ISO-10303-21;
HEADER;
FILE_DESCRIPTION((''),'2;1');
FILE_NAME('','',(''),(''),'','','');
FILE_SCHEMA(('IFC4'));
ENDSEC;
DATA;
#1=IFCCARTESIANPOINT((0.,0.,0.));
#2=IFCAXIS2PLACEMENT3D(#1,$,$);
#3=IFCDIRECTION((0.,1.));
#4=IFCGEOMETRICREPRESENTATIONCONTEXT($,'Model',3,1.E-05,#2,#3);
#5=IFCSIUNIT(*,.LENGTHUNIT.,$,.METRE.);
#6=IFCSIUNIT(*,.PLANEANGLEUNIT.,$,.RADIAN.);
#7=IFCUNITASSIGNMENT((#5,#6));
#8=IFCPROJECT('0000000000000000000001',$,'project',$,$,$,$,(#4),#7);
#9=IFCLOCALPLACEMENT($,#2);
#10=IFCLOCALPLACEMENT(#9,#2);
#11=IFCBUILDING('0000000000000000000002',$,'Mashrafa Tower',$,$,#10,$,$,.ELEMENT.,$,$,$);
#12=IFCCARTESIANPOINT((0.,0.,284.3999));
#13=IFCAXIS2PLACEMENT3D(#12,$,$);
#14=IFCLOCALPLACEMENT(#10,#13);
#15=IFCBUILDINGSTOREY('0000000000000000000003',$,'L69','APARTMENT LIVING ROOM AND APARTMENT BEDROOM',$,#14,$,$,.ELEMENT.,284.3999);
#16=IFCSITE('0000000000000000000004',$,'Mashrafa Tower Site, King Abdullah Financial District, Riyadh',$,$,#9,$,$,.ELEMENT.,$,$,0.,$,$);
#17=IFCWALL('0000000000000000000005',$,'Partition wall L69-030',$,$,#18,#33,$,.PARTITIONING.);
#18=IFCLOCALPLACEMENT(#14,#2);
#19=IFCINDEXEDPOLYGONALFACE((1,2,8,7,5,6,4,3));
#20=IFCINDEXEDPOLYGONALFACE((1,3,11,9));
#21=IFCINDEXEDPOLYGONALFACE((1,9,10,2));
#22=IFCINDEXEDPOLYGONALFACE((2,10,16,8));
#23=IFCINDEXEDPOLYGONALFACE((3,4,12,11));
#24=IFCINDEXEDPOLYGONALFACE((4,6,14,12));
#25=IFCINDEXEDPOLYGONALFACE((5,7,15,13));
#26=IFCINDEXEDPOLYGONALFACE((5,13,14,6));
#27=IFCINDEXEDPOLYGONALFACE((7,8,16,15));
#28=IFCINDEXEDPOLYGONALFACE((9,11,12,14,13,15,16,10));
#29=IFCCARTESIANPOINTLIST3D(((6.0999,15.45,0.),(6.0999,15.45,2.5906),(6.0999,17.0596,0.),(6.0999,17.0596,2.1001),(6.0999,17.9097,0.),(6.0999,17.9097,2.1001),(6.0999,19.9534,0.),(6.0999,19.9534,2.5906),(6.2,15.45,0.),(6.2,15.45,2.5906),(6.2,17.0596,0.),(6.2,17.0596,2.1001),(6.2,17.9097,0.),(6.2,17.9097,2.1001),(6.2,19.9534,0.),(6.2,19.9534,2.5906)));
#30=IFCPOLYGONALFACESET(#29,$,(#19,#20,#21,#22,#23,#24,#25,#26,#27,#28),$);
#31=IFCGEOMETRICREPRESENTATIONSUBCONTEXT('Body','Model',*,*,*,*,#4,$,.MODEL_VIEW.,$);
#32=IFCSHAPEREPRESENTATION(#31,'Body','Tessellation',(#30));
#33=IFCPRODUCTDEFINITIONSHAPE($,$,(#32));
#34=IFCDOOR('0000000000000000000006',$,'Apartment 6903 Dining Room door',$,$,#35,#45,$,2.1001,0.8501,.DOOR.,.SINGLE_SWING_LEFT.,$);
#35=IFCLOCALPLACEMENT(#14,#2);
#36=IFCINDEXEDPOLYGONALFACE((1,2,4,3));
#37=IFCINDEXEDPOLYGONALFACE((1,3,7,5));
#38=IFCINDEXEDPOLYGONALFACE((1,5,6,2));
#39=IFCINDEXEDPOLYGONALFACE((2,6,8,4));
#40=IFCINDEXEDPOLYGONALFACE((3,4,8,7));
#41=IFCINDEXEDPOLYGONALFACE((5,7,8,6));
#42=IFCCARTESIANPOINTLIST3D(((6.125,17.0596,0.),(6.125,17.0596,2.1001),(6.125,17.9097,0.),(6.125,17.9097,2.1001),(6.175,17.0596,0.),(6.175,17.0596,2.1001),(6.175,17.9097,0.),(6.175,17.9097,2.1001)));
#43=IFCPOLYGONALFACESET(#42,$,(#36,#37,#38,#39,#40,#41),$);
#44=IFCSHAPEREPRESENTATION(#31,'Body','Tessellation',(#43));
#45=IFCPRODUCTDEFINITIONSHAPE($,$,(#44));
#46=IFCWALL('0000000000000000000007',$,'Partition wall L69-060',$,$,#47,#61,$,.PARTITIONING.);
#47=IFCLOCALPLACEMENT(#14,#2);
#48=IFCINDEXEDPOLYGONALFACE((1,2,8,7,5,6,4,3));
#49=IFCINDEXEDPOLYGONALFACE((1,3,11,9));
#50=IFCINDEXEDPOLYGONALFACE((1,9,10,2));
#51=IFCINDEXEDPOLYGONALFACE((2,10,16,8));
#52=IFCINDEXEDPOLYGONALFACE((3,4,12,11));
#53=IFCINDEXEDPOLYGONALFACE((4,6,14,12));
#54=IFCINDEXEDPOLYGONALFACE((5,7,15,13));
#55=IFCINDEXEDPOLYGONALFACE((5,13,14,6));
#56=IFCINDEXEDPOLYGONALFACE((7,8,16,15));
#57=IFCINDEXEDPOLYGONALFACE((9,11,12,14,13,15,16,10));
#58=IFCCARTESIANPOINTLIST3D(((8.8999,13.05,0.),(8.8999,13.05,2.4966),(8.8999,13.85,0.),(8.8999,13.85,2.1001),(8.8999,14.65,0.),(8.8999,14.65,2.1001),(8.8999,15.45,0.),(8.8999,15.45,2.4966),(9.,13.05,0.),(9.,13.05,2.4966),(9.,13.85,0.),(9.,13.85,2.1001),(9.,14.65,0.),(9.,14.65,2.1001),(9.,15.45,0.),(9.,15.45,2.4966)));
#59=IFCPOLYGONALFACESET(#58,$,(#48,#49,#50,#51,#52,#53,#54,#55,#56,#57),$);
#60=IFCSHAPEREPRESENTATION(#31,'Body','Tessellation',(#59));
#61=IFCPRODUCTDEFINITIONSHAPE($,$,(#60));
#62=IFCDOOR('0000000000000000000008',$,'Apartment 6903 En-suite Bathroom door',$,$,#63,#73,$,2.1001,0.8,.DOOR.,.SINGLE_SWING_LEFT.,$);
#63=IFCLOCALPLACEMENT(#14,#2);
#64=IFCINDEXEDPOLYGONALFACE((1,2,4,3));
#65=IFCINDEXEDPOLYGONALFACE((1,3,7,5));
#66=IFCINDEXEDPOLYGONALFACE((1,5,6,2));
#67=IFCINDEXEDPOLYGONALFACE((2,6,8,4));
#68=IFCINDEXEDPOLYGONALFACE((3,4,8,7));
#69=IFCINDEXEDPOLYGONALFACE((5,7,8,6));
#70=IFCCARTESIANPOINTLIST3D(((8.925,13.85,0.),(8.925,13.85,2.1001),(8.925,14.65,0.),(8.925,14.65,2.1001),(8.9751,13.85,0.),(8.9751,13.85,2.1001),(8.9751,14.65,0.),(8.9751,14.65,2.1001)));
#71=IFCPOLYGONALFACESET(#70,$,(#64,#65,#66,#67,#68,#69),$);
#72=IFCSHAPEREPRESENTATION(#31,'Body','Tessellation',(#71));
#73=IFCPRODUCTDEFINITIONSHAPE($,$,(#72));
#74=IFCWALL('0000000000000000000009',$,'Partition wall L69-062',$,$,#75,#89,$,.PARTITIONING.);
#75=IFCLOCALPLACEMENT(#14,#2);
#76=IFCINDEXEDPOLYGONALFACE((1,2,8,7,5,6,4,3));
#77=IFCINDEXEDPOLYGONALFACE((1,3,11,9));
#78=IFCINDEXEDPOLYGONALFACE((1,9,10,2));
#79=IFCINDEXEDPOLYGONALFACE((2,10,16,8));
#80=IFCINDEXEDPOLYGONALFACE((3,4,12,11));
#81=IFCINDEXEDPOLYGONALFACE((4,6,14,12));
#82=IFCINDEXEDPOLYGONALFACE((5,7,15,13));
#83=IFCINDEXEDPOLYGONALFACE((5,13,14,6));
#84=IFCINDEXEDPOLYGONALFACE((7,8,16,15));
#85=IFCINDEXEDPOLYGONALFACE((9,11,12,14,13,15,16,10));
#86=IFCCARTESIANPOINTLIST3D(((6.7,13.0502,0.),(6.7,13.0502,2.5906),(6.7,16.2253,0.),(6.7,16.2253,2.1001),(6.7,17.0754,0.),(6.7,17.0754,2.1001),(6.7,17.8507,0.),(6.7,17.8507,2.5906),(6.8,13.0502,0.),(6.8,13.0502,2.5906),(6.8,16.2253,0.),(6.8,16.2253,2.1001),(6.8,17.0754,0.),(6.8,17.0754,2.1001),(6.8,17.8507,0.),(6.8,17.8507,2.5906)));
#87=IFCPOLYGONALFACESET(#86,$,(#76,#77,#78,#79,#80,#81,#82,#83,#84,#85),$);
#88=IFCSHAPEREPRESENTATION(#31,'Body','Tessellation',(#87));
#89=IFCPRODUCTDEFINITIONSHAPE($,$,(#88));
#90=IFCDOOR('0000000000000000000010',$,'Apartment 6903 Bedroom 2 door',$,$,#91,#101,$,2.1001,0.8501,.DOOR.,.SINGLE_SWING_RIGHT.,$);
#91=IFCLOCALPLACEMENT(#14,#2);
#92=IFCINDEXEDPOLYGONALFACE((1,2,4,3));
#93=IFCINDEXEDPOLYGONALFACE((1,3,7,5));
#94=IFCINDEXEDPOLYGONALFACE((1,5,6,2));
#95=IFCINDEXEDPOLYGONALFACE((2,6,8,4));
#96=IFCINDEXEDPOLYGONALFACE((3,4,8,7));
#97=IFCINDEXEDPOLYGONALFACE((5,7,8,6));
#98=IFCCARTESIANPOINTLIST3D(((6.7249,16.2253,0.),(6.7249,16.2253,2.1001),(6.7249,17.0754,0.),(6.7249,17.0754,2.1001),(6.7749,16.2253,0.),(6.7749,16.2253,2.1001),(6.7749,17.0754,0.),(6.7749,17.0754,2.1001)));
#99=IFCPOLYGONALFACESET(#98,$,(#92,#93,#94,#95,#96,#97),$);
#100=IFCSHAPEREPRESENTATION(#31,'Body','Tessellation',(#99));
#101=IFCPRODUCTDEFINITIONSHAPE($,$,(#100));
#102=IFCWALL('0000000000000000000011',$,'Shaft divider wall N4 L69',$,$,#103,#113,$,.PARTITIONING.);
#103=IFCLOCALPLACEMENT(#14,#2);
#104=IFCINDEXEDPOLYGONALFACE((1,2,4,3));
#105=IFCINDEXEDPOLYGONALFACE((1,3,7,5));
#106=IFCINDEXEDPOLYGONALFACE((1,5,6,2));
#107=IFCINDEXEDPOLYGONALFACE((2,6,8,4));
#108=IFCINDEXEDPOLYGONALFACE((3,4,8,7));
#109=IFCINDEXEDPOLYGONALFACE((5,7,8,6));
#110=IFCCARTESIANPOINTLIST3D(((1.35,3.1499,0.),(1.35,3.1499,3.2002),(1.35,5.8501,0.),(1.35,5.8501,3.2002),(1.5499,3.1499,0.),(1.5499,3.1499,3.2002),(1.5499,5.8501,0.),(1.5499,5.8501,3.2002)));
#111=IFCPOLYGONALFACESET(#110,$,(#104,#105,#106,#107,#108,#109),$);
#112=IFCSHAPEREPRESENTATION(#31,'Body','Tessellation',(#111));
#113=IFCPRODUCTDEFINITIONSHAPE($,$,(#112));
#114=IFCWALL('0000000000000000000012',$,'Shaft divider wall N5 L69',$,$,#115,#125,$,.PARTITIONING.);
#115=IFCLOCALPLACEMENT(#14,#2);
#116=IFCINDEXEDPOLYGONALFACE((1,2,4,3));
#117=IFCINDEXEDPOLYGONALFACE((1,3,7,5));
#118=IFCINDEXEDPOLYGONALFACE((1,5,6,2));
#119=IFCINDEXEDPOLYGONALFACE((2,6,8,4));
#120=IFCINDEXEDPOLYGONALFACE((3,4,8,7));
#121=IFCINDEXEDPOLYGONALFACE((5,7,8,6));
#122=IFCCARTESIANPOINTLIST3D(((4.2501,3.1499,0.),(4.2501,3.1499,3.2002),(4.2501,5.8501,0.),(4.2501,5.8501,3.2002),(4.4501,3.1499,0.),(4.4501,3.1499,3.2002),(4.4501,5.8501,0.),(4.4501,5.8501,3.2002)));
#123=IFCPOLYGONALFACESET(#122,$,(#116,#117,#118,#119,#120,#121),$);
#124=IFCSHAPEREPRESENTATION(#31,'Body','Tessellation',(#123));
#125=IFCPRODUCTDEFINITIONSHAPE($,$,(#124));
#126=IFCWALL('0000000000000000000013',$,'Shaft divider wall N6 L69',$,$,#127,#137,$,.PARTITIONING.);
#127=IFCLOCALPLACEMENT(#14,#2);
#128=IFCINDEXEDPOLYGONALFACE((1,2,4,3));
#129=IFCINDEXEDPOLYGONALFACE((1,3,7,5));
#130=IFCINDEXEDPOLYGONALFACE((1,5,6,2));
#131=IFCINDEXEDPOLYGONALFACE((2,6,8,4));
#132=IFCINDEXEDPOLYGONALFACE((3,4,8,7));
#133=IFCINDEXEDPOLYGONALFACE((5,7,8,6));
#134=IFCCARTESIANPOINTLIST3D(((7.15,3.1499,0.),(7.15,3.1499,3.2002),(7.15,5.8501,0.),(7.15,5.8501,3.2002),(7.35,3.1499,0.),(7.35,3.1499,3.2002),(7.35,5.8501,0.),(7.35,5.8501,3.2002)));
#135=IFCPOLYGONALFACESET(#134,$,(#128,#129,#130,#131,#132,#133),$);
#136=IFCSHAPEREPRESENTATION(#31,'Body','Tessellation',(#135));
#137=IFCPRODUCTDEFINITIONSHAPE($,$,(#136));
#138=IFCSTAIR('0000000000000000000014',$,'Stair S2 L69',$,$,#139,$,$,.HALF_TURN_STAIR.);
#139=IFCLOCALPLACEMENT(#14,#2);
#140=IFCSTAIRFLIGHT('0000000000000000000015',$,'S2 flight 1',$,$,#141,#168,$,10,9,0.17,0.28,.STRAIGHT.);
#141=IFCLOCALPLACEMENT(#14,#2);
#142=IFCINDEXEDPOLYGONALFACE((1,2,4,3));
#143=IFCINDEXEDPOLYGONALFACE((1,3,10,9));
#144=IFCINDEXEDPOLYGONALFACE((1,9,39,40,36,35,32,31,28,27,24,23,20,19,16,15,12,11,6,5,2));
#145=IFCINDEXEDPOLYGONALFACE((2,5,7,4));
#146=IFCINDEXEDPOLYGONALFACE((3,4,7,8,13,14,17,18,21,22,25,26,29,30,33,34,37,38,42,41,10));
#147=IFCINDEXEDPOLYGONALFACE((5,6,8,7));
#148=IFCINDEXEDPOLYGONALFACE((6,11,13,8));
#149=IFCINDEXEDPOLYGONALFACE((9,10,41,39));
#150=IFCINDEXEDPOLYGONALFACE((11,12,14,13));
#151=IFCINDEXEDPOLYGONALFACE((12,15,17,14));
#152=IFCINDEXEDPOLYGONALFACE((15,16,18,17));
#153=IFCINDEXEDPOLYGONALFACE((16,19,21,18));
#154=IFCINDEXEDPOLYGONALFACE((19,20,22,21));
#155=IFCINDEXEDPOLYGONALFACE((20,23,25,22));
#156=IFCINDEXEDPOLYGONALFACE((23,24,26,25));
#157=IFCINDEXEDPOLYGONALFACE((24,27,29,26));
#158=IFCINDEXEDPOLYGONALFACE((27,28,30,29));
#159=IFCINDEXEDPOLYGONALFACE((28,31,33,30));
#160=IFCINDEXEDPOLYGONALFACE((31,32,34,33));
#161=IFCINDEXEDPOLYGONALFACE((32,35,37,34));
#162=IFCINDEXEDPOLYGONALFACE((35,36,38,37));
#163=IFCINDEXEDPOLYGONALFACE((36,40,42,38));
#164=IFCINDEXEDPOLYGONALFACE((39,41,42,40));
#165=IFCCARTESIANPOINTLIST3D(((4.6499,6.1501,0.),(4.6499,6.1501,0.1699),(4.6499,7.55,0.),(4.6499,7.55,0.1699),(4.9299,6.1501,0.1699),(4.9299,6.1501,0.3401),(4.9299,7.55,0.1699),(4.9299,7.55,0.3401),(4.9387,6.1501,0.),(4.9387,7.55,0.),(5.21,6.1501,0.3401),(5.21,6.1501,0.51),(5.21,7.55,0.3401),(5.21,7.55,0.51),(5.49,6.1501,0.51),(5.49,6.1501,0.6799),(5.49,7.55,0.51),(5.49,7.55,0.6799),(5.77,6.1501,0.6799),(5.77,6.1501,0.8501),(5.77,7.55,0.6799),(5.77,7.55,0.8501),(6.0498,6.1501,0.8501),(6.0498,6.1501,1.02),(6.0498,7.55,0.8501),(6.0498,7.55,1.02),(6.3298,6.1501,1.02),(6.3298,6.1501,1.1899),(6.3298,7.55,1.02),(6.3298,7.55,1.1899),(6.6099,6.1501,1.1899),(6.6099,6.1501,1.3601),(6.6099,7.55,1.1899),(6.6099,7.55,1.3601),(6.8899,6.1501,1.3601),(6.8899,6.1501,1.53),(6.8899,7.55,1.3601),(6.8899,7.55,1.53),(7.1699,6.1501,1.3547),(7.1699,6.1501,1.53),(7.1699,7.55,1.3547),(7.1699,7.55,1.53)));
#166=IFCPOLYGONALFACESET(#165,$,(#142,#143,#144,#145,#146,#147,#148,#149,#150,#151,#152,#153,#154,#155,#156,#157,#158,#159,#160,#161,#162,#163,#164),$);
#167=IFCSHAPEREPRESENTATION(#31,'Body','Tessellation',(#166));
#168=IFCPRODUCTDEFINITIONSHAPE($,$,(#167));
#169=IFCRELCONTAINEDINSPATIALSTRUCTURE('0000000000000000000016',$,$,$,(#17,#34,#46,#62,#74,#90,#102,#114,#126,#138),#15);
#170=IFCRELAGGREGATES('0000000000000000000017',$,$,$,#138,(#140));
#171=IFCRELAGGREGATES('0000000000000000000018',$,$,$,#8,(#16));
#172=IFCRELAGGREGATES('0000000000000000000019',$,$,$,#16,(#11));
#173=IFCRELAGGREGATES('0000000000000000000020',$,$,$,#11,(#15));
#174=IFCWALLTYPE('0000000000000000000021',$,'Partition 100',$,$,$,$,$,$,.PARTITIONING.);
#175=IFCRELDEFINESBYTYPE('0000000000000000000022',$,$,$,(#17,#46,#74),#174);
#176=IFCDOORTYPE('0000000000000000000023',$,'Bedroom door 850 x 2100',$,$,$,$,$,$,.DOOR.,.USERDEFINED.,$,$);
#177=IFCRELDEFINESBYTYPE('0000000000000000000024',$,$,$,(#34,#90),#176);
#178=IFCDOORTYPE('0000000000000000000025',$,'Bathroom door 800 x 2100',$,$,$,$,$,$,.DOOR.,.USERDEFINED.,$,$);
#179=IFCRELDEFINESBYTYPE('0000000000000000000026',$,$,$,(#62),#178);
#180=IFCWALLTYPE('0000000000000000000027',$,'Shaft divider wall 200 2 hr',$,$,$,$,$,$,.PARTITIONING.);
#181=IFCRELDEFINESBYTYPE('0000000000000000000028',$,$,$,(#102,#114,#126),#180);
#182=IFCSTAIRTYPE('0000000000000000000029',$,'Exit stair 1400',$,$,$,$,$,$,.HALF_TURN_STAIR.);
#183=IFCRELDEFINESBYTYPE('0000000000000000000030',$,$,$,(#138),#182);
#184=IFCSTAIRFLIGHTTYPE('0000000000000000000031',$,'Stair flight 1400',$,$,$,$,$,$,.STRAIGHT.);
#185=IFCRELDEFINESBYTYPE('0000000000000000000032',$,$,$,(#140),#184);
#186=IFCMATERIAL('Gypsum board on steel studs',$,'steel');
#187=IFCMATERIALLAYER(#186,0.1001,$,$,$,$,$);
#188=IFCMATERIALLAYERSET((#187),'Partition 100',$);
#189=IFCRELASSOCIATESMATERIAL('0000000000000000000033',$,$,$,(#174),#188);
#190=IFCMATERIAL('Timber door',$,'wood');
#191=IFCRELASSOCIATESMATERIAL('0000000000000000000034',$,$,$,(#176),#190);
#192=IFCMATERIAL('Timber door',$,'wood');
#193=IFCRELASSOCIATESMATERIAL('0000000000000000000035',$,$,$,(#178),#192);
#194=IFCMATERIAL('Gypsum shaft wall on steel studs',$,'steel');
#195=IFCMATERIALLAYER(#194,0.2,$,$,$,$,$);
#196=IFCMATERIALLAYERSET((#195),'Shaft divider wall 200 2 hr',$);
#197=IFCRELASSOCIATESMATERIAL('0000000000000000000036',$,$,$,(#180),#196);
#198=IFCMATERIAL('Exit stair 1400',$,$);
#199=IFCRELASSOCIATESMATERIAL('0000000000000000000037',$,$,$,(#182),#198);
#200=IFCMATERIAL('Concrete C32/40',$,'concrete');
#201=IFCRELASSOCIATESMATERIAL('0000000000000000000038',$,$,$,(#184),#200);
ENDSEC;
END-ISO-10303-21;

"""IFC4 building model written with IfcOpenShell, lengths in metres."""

from ifc_helpers import new_model, si_unit, direction, frame, frame_2d, origin, place, context, subcontext, project, spatial, polyline, rectangle, outline, extrude, material, layer, layer_set, type_object, element, fill, aggregate, save


model = new_model("IFC4")

# Units and contexts
model_context = context("Model", 3, precision=1e-05, world=origin(), true_north=direction((0.0, 1.0)))
body_context = subcontext(model_context, "Body", "Model", "MODEL_VIEW")
ifc_project = project(units=[si_unit("LENGTHUNIT", "METRE"), si_unit("PLANEANGLEUNIT", "RADIAN")], contexts=[model_context])

# Site, building, storey
site_placement = place(None, origin())
site = spatial("IfcSite", under=ifc_project, at=site_placement, Name="Mashrafa Tower Site, King Abdullah Financial District, Riyadh", CompositionType="ELEMENT", RefElevation=0.0)
building_placement = place(site_placement, origin())
building = spatial("IfcBuilding", under=site, at=building_placement, Name="Mashrafa Tower", CompositionType="ELEMENT")
storey_placement = place(building_placement, frame((0.0, 0.0, 284.3999)))
storey = spatial("IfcBuildingStorey", under=building, at=storey_placement, Name="L69", Description="APARTMENT LIVING ROOM AND APARTMENT BEDROOM", CompositionType="ELEMENT", Elevation=284.3999)

# Shared definitions
ifc_material_1 = material(Name="Gypsum board on steel studs", Category="steel")
ifc_layer_1 = layer(ifc_material_1, 0.1001)
ifc_layer_set_1 = layer_set([ifc_layer_1], Name="Partition 100")
wall_type_1 = type_object("IfcWallType", Name="Partition 100", PredefinedType="PARTITIONING", material=ifc_layer_set_1)

# Walls, openings, doors
wall_1_placement = place(storey_placement, frame((6.1499, 15.45, 0.0), z_axis=(0.0, 0.0, 1.0), x_axis=(0.0, 1.0, 0.0)))
wall_1 = element("IfcWall", 1, at=wall_1_placement, inside=storey, type_object=wall_type_1, Name="Partition wall L69-030", PredefinedType="PARTITIONING", context=body_context, shape_type="SweptSolid", body=[
    extrude(rectangle(XDim=4.5034, YDim=0.1001, at=frame_2d((2.2517, 0.0))), origin(), (0.0, 0.0, 1.0), 2.5906),
])
opening_1_placement = place(wall_1_placement, frame((1.6096, 0.0, 0.0)))
opening_1 = element("IfcOpeningElement", 2, at=opening_1_placement, cuts=wall_1, PredefinedType="OPENING", context=body_context, shape_type="SweptSolid", body=[
    extrude(rectangle(XDim=0.8501, YDim=2.1001, at=frame_2d((0.425, 1.05))), frame((0.0, 0.0601, 0.0), z_axis=(0.0, -1.0, 0.0), x_axis=(1.0, 0.0, 0.0)), (0.0, 0.0, 1.0), 0.1201),
])
ifc_material_2 = material(Name="Timber door", Category="wood")
door_type_1 = type_object("IfcDoorType", Name="Bedroom door 850 x 2100", OperationType="USERDEFINED", PredefinedType="DOOR", material=ifc_material_2)
door_1_placement = place(opening_1_placement, origin())
door_1 = element("IfcDoor", 3, at=door_1_placement, inside=storey, type_object=door_type_1, Name="Apartment 6903 Dining Room door", OperationType="SINGLE_SWING_LEFT", OverallHeight=2.1001, OverallWidth=0.8501, PredefinedType="DOOR", context=body_context, shape_type="SweptSolid", body=[
    extrude(rectangle(XDim=0.8501, YDim=2.1001, at=frame_2d((0.425, 1.05))), frame((0.0, 0.0249, 0.0), z_axis=(0.0, -1.0, 0.0), x_axis=(1.0, 0.0, 0.0)), (0.0, 0.0, 1.0), 0.05),
])
fill(opening_1, door_1)
wall_2_placement = place(storey_placement, frame((8.95, 13.05, 0.0), z_axis=(0.0, 0.0, 1.0), x_axis=(0.0, 1.0, 0.0)))
wall_2 = element("IfcWall", 4, at=wall_2_placement, inside=storey, type_object=wall_type_1, Name="Partition wall L69-060", PredefinedType="PARTITIONING", context=body_context, shape_type="SweptSolid", body=[
    extrude(rectangle(XDim=2.3999, YDim=0.1001, at=frame_2d((1.2, 0.0))), origin(), (0.0, 0.0, 1.0), 2.4966),
])
opening_2_placement = place(wall_2_placement, frame((0.8, 0.0, 0.0)))
opening_2 = element("IfcOpeningElement", 5, at=opening_2_placement, cuts=wall_2, PredefinedType="OPENING", context=body_context, shape_type="SweptSolid", body=[
    extrude(rectangle(XDim=0.8, YDim=2.1001, at=frame_2d((0.3999, 1.05))), frame((0.0, 0.0601, 0.0), z_axis=(0.0, -1.0, 0.0), x_axis=(1.0, 0.0, 0.0)), (0.0, 0.0, 1.0), 0.1201),
])
ifc_material_3 = material(Name="Timber door", Category="wood")
door_type_2 = type_object("IfcDoorType", Name="Bathroom door 800 x 2100", OperationType="USERDEFINED", PredefinedType="DOOR", material=ifc_material_3)
door_2_placement = place(opening_2_placement, origin())
door_2 = element("IfcDoor", 6, at=door_2_placement, inside=storey, type_object=door_type_2, Name="Apartment 6903 En-suite Bathroom door", OperationType="SINGLE_SWING_LEFT", OverallHeight=2.1001, OverallWidth=0.8, PredefinedType="DOOR", context=body_context, shape_type="SweptSolid", body=[
    extrude(rectangle(XDim=0.8, YDim=2.1001, at=frame_2d((0.3999, 1.05))), frame((0.0, 0.0249, 0.0), z_axis=(0.0, -1.0, 0.0), x_axis=(1.0, 0.0, 0.0)), (0.0, 0.0, 1.0), 0.05),
])
fill(opening_2, door_2)
wall_3_placement = place(storey_placement, frame((6.75, 13.05, 0.0), z_axis=(0.0, 0.0, 1.0), x_axis=(0.0, 1.0, 0.0)))
wall_3 = element("IfcWall", 7, at=wall_3_placement, inside=storey, type_object=wall_type_1, Name="Partition wall L69-062", PredefinedType="PARTITIONING", context=body_context, shape_type="SweptSolid", body=[
    extrude(rectangle(XDim=4.8005, YDim=0.1001, at=frame_2d((2.4004, 0.0))), origin(), (0.0, 0.0, 1.0), 2.5906),
])
opening_3_placement = place(wall_3_placement, frame((3.1753, 0.0, 0.0)))
opening_3 = element("IfcOpeningElement", 8, at=opening_3_placement, cuts=wall_3, PredefinedType="OPENING", context=body_context, shape_type="SweptSolid", body=[
    extrude(rectangle(XDim=0.8501, YDim=2.1001, at=frame_2d((0.425, 1.05))), frame((0.0, 0.0601, 0.0), z_axis=(0.0, -1.0, 0.0), x_axis=(1.0, 0.0, 0.0)), (0.0, 0.0, 1.0), 0.1201),
])
door_3_placement = place(opening_3_placement, frame((0.8501, 0.0, 0.0), z_axis=(0.0, 0.0, 1.0), x_axis=(-1.0, 0.0, 0.0)))
door_3 = element("IfcDoor", 9, at=door_3_placement, inside=storey, type_object=door_type_1, Name="Apartment 6903 Bedroom 2 door", OperationType="SINGLE_SWING_RIGHT", OverallHeight=2.1001, OverallWidth=0.8501, PredefinedType="DOOR", context=body_context, shape_type="SweptSolid", body=[
    extrude(rectangle(XDim=0.8501, YDim=2.1001, at=frame_2d((0.425, 1.05))), frame((0.0, 0.0249, 0.0), z_axis=(0.0, -1.0, 0.0), x_axis=(1.0, 0.0, 0.0)), (0.0, 0.0, 1.0), 0.05),
])
fill(opening_3, door_3)

# Walls
ifc_material_4 = material(Name="Gypsum shaft wall on steel studs", Category="steel")
ifc_layer_2 = layer(ifc_material_4, 0.2)
ifc_layer_set_2 = layer_set([ifc_layer_2], Name="Shaft divider wall 200 2 hr")
wall_type_2 = type_object("IfcWallType", Name="Shaft divider wall 200 2 hr", PredefinedType="PARTITIONING", material=ifc_layer_set_2)
for number, where, z_axis, x_axis, name in (
    (10, (1.45, 3.1499, 0.0), (0.0, 0.0, 1.0), (0.0, 1.0, 0.0), "Shaft divider wall N4 L69"),
    (11, (4.3501, 3.1499, 0.0), (0.0, 0.0, 1.0), (0.0, 1.0, 0.0), "Shaft divider wall N5 L69"),
    (12, (7.25, 3.1499, 0.0), (0.0, 0.0, 1.0), (0.0, 1.0, 0.0), "Shaft divider wall N6 L69"),
):
    element("IfcWall", number, at=place(storey_placement, frame(where, z_axis=z_axis, x_axis=x_axis)), inside=storey, type_object=wall_type_2, Name=name, PredefinedType="PARTITIONING", context=body_context, shape_type="SweptSolid", body=[
        extrude(rectangle(XDim=2.7002, YDim=0.2, at=frame_2d((1.3501, 0.0))), origin(), (0.0, 0.0, 1.0), 3.2002),
    ])

# Stair, stair flight
ifc_material_5 = material(Name="Exit stair 1400")
stair_type = type_object("IfcStairType", Name="Exit stair 1400", PredefinedType="HALF_TURN_STAIR", material=ifc_material_5)
stair_placement = place(storey_placement, origin())
stair = element("IfcStair", 13, at=stair_placement, inside=storey, type_object=stair_type, Name="Stair S2 L69", PredefinedType="HALF_TURN_STAIR")
ifc_material_6 = material(Name="Concrete C32/40", Category="concrete")
stair_flight_type = type_object("IfcStairFlightType", Name="Stair flight 1400", PredefinedType="STRAIGHT", material=ifc_material_6)
stair_flight_1_placement = place(storey_placement, frame((4.6499, 6.8501, 0.0), z_axis=(0.0, 0.0, 1.0), x_axis=(1.0, 0.0, 0.0)))
stair_flight_1 = element("IfcStairFlight", 14, at=stair_flight_1_placement, type_object=stair_flight_type, Name="S2 flight 1", NumberOfRisers=10, NumberOfTreads=9, PredefinedType="STRAIGHT", RiserHeight=0.17, TreadLength=0.28, context=body_context, shape_type="SweptSolid", body=[
    extrude(outline(polyline([(0.0, 0.0), (0.0, 0.1699), (0.28, 0.1699), (0.28, 0.3401), (0.5601, 0.3401), (0.5601, 0.51), (0.8401, 0.51), (0.8401, 0.6799), (1.1201, 0.6799), (1.1201, 0.8501), (1.3999, 0.8501), (1.3999, 1.02), (1.6799, 1.02), (1.6799, 1.1899), (1.96, 1.1899), (1.96, 1.3601), (2.24, 1.3601), (2.24, 1.53), (2.52, 1.53), (2.52, 1.7), (2.52, 1.3547), (0.2888, 0.0), (0.0, 0.0)])), frame((0.0, 0.7, 0.0), z_axis=(0.0, -1.0, 0.0), x_axis=(1.0, 0.0, 0.0)), (0.0, 0.0, 1.0), 1.3999),
])
aggregate(stair, [stair_flight_1])

save(model, "model.ifc")
